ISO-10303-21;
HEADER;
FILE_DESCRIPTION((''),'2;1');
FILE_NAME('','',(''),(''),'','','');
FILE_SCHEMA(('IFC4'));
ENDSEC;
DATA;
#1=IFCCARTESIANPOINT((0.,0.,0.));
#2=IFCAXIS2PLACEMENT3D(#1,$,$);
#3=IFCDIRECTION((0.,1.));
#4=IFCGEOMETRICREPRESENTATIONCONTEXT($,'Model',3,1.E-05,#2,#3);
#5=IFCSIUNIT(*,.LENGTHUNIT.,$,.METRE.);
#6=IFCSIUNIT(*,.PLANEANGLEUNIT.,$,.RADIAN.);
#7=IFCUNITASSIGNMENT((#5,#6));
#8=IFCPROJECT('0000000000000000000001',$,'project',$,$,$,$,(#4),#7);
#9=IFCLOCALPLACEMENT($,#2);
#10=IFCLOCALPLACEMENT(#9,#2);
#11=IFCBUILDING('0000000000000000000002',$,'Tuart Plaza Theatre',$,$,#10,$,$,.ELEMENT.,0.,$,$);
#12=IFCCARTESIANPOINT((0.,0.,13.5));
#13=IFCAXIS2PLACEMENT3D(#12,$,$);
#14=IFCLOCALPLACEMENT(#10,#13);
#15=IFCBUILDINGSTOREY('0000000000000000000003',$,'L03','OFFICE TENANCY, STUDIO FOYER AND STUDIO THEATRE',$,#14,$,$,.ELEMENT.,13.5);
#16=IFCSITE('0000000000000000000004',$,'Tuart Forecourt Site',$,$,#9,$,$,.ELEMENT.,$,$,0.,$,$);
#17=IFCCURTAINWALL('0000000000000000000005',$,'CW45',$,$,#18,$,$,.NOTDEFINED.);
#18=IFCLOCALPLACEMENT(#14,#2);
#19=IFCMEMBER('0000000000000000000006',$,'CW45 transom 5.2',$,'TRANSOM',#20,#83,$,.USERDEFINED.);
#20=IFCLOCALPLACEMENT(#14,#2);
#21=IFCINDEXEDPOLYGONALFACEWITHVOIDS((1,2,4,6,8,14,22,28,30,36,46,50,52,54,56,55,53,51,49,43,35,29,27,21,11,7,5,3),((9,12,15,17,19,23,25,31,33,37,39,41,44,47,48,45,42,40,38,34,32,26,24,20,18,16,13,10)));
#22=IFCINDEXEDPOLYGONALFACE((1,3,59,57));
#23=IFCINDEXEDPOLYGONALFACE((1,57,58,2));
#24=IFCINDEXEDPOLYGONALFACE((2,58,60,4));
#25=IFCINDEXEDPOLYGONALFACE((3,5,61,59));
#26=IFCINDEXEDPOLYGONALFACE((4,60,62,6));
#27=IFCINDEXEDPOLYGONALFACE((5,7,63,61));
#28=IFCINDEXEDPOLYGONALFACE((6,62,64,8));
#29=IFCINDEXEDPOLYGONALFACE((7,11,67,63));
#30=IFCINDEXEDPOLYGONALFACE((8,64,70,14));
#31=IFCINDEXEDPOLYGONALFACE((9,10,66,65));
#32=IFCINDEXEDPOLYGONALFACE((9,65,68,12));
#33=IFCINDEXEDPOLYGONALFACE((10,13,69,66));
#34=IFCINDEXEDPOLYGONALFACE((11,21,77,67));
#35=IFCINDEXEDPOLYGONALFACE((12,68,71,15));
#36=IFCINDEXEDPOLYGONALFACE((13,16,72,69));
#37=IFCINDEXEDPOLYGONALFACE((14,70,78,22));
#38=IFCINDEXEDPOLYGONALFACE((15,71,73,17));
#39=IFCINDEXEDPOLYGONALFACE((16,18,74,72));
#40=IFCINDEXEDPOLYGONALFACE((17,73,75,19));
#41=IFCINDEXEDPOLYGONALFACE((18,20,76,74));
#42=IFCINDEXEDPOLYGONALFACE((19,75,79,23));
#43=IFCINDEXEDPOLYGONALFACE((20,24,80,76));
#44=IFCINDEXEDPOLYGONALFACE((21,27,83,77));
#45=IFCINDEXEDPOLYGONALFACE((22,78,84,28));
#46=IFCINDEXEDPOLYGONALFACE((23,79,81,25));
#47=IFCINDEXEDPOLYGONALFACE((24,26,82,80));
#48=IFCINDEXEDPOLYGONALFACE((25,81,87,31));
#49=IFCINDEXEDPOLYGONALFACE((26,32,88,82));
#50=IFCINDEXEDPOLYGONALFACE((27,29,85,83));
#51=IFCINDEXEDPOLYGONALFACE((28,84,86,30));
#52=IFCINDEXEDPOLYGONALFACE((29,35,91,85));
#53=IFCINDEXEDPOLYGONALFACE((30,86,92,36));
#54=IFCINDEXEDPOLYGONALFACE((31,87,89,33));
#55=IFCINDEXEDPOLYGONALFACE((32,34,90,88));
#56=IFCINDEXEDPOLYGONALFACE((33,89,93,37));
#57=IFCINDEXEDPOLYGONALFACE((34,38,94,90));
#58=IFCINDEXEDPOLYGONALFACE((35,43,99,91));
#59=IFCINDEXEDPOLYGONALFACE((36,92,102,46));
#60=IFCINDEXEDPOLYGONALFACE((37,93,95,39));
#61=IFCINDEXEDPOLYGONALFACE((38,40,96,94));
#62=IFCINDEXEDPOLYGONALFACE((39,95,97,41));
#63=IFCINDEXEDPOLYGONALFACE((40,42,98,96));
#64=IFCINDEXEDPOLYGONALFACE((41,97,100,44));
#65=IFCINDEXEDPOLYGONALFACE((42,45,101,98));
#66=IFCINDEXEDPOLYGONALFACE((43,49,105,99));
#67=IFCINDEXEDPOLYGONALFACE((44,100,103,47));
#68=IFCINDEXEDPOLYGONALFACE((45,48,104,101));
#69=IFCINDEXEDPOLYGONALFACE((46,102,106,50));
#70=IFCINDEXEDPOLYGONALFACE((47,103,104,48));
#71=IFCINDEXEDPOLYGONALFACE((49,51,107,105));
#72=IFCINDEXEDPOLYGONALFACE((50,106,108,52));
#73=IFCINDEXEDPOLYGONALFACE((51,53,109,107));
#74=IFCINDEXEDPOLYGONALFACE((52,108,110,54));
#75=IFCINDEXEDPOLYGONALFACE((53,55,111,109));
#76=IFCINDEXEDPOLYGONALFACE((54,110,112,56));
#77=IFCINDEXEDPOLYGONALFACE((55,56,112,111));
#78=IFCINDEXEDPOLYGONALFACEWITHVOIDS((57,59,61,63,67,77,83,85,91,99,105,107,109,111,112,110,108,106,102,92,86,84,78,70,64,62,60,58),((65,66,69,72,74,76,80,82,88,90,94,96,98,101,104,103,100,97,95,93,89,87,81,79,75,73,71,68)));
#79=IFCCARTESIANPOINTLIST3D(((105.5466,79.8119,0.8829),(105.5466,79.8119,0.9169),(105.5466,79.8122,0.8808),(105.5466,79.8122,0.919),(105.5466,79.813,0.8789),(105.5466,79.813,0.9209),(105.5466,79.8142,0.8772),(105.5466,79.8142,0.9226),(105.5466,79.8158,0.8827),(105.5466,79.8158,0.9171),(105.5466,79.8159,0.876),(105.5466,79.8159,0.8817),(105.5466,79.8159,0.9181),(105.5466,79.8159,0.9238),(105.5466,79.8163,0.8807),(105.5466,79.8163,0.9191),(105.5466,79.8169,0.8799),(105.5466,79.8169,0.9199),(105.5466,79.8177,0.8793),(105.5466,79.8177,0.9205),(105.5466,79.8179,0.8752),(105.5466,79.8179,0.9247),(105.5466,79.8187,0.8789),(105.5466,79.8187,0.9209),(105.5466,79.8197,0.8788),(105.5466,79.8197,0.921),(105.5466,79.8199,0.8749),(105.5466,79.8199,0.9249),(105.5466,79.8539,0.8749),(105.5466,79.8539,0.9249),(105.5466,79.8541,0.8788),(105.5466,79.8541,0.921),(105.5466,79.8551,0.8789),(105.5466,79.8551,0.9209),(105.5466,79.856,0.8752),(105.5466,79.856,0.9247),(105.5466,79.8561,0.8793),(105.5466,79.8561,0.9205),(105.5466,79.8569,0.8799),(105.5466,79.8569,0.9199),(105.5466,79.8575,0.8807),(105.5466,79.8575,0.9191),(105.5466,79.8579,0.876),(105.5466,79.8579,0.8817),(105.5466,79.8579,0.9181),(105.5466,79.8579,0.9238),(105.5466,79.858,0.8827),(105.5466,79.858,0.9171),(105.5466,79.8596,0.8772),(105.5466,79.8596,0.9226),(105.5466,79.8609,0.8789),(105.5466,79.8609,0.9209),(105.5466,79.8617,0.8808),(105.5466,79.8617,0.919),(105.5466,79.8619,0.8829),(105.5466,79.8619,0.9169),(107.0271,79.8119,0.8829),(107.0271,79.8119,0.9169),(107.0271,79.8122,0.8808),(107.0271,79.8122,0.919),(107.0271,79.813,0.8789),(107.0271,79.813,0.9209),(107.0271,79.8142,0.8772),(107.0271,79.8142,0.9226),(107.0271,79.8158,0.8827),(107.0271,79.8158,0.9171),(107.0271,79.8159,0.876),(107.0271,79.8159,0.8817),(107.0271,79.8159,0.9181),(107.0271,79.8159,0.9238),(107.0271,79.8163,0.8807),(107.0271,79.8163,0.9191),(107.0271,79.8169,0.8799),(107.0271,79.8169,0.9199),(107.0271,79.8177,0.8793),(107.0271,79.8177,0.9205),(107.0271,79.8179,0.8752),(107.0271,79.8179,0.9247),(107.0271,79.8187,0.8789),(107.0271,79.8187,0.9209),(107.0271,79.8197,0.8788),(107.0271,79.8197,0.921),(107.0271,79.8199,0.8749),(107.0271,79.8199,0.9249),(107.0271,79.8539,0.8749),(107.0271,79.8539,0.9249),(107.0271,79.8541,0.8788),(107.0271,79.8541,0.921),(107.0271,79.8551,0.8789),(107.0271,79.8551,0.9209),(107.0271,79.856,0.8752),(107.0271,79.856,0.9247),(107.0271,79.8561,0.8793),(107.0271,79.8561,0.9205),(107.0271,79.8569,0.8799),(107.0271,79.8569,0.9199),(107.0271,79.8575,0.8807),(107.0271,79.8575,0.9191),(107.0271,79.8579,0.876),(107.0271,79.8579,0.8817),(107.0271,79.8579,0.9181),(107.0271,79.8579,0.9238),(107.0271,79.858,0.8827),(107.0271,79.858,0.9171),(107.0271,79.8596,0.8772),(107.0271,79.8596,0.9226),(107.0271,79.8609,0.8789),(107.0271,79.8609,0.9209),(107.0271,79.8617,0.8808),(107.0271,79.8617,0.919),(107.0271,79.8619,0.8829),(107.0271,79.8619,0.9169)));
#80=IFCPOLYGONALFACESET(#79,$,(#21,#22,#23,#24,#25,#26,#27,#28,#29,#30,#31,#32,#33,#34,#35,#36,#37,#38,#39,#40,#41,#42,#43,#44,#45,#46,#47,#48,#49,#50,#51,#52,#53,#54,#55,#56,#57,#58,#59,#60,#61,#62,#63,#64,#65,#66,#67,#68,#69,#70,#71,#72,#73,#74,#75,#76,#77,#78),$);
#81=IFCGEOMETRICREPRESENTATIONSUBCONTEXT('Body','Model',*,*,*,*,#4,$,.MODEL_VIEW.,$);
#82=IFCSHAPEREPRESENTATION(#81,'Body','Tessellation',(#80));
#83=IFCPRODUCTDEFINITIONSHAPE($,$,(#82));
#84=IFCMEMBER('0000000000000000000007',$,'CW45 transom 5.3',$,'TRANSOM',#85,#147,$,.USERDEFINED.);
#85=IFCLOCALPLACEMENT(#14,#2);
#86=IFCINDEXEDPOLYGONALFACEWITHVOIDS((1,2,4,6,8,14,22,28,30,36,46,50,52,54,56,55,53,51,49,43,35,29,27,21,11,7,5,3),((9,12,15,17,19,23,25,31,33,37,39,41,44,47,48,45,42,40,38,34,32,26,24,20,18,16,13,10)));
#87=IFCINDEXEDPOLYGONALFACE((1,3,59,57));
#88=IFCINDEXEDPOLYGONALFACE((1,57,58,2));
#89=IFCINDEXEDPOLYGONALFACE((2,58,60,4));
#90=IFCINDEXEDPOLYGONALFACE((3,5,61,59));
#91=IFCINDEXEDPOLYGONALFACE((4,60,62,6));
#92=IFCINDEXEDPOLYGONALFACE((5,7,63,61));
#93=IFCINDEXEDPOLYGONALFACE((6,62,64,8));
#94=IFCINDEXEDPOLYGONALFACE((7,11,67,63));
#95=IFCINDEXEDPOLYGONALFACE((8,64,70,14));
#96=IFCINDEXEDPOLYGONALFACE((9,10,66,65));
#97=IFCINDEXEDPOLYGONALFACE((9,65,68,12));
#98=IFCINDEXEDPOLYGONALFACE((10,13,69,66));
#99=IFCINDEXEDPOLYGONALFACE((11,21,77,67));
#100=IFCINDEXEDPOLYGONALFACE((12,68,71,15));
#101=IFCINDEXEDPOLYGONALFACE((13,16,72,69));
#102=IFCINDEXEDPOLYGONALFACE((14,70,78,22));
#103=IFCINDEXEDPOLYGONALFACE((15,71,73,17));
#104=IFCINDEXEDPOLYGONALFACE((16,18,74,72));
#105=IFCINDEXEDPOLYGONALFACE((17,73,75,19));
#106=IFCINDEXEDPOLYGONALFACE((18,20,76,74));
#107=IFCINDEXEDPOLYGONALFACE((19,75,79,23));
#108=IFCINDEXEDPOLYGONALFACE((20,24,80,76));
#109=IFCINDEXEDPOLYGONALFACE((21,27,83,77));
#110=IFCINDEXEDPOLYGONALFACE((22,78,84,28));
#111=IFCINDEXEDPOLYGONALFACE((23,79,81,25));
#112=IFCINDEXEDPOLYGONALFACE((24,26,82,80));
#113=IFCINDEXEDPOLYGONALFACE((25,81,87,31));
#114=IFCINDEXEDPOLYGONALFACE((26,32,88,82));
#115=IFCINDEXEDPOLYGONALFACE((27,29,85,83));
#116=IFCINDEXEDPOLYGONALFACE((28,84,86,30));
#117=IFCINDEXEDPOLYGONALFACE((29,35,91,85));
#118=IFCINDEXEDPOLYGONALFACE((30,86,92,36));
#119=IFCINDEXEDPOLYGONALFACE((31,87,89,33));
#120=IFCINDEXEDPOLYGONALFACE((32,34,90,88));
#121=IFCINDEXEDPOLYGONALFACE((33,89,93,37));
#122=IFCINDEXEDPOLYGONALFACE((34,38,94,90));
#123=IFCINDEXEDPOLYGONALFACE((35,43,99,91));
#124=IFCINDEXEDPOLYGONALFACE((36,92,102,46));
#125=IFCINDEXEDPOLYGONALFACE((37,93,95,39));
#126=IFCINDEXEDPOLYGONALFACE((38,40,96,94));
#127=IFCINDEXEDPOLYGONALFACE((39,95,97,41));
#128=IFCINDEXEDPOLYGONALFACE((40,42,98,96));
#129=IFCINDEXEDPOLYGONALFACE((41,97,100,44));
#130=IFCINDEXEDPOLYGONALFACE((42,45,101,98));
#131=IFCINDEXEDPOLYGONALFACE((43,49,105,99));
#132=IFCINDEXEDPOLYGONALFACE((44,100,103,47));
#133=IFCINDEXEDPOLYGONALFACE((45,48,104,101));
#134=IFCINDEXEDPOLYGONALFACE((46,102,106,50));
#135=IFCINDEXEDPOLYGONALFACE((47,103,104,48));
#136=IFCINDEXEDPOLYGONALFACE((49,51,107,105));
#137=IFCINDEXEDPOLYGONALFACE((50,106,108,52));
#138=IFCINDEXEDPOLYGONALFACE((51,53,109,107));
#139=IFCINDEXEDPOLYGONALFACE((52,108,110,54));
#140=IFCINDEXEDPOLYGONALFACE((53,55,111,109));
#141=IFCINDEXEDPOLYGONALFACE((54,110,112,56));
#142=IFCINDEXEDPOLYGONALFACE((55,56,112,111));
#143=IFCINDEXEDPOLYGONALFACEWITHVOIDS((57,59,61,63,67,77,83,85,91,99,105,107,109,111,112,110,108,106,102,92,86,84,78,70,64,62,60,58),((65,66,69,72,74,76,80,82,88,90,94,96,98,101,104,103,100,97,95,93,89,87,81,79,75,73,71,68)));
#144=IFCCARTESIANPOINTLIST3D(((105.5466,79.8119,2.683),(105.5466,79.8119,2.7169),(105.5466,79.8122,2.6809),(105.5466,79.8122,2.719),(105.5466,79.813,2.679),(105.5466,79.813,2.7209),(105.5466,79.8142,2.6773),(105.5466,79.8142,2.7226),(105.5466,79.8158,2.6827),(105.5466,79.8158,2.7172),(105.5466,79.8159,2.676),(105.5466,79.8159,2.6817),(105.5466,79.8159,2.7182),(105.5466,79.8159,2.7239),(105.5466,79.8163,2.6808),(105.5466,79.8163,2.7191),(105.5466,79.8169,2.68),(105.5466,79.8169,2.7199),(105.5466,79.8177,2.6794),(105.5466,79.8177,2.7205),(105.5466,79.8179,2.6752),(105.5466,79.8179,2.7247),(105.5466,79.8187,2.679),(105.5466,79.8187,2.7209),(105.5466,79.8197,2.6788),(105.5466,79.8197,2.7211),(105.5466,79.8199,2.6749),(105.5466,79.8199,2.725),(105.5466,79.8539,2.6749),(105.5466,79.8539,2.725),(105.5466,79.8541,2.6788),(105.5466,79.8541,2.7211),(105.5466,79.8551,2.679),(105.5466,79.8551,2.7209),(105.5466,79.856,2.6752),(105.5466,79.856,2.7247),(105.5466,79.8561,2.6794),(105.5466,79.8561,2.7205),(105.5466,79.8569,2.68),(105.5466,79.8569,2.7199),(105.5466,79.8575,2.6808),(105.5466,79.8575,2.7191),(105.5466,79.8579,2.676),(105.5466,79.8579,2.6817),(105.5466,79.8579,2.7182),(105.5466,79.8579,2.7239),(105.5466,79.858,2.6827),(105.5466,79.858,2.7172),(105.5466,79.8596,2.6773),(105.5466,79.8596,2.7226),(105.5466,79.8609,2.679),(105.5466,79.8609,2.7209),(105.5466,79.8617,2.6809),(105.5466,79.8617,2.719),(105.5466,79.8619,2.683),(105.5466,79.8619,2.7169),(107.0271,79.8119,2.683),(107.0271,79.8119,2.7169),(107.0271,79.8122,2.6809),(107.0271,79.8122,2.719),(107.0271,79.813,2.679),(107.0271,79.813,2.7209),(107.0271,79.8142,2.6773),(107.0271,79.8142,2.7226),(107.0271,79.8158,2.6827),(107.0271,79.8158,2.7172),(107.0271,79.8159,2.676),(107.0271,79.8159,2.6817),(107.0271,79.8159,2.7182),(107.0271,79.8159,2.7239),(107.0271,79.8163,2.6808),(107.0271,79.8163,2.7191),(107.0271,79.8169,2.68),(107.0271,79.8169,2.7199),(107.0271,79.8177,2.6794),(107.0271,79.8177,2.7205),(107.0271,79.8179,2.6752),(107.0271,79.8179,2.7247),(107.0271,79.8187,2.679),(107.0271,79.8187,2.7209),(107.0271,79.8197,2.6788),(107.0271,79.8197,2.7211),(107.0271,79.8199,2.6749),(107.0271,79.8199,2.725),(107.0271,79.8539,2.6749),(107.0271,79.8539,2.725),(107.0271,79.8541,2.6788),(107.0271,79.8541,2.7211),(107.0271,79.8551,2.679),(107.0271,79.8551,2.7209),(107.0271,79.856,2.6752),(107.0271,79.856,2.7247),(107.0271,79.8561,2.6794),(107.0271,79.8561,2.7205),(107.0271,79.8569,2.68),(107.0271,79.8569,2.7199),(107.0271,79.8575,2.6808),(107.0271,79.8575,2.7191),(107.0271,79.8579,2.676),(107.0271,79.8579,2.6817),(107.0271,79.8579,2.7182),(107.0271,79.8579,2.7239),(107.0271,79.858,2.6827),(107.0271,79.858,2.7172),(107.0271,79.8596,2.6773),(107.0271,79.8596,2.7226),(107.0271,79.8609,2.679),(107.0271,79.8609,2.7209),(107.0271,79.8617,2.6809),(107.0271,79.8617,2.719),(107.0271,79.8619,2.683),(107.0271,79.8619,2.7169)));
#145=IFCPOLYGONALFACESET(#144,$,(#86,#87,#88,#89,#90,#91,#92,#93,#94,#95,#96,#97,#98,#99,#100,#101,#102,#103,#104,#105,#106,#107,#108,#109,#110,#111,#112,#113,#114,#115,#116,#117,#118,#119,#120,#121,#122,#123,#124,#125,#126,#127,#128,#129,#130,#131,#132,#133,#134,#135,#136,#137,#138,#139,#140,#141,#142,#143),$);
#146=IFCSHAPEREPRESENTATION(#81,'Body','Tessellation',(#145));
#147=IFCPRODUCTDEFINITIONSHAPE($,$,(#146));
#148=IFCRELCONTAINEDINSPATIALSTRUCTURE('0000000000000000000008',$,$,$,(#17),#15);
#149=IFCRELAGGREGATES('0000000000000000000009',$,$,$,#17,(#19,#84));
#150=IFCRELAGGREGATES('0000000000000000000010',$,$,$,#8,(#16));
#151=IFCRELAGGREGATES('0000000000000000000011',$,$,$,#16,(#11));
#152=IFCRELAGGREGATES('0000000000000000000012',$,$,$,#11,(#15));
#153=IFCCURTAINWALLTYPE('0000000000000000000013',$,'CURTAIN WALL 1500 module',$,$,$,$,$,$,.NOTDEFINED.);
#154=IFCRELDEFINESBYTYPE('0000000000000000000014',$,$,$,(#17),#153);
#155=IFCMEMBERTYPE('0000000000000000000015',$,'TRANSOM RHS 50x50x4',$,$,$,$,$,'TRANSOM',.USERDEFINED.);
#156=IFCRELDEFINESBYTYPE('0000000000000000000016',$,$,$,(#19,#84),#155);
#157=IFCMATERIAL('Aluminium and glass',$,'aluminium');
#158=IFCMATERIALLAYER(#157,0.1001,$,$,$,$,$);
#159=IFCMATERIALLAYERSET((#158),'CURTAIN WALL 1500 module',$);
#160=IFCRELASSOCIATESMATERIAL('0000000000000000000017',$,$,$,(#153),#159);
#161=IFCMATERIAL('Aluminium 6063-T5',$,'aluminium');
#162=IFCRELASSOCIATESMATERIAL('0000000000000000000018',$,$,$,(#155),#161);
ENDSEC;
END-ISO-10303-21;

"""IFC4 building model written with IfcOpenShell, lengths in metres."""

from ifc_helpers import new_model, si_unit, direction, frame, origin, origin_2d, place, context, subcontext, project, spatial, hollow_rectangle, extrude, material, layer, layer_set, material_profile, profile_set, type_object, element, aggregate, save


model = new_model("IFC4")

# Units and contexts
model_context = context("Model", 3, precision=1e-05, world=origin(), true_north=direction((0.0, 1.0)))
body_context = subcontext(model_context, "Body", "Model", "MODEL_VIEW")
ifc_project = project(units=[si_unit("LENGTHUNIT", "METRE"), si_unit("PLANEANGLEUNIT", "RADIAN")], contexts=[model_context])

# Site, building, storey
site_placement = place(None, origin())
site = spatial("IfcSite", under=ifc_project, at=site_placement, Name="Tuart Forecourt Site", CompositionType="ELEMENT", RefElevation=0.0)
building_placement = place(site_placement, origin())
building = spatial("IfcBuilding", under=site, at=building_placement, Name="Tuart Plaza Theatre", CompositionType="ELEMENT", ElevationOfRefHeight=0.0)
storey_placement = place(building_placement, frame((0.0, 0.0, 13.5)))
storey = spatial("IfcBuildingStorey", under=building, at=storey_placement, Name="L03", Description="OFFICE TENANCY, STUDIO FOYER AND STUDIO THEATRE", CompositionType="ELEMENT", Elevation=13.5)

# Curtain wall, members
ifc_material_1 = material(Name="Aluminium and glass", Category="aluminium")
ifc_layer_1 = layer(ifc_material_1, 0.1001)
ifc_layer_set_1 = layer_set([ifc_layer_1], Name="CURTAIN WALL 1500 module")
curtain_wall_type = type_object("IfcCurtainWallType", Name="CURTAIN WALL 1500 module", PredefinedType="NOTDEFINED", material=ifc_layer_set_1)
curtain_wall_placement = place(storey_placement, origin())
curtain_wall = element("IfcCurtainWall", 1, at=curtain_wall_placement, inside=storey, type_object=curtain_wall_type, Name="CW45", PredefinedType="NOTDEFINED")
ifc_material_2 = material(Name="Aluminium 6063-T5", Category="aluminium")
ifc_material_profile_1 = material_profile(ifc_material_2, hollow_rectangle(XDim=0.05, YDim=0.05, WallThickness=0.0039, InnerFilletRadius=0.0039, OuterFilletRadius=0.0081, at=origin_2d()), Name="RHS 50x50x4")
ifc_profile_set_1 = profile_set([ifc_material_profile_1], Name="Aluminium 6063-T5")
member_type_1 = type_object("IfcMemberType", Name="TRANSOM RHS 50x50x4", ElementType="TRANSOM", PredefinedType="USERDEFINED", material=ifc_profile_set_1)
member_1_placement = place(storey_placement, frame((105.5466, 79.8369, 0.8999), z_axis=(1.0, 0.0, 0.0), x_axis=(0.0, 1.0, 0.0)))
member_1 = element("IfcMember", 2, at=member_1_placement, type_object=member_type_1, Name="CW45 transom 5.2", ObjectType="TRANSOM", PredefinedType="USERDEFINED", context=body_context, shape_type="SweptSolid", body=[
    extrude(hollow_rectangle(XDim=0.05, YDim=0.05, WallThickness=0.0039, InnerFilletRadius=0.0039, OuterFilletRadius=0.0081, at=origin_2d()), origin(), (0.0, 0.0, 1.0), 1.4805),
])
member_2_placement = place(storey_placement, frame((105.5466, 79.8369, 2.7), z_axis=(1.0, 0.0, 0.0), x_axis=(0.0, 1.0, 0.0)))
member_2 = element("IfcMember", 3, at=member_2_placement, type_object=member_type_1, Name="CW45 transom 5.3", ObjectType="TRANSOM", PredefinedType="USERDEFINED", context=body_context, shape_type="SweptSolid", body=[
    extrude(hollow_rectangle(XDim=0.05, YDim=0.05, WallThickness=0.0039, InnerFilletRadius=0.0039, OuterFilletRadius=0.0081, at=origin_2d()), origin(), (0.0, 0.0, 1.0), 1.4805),
])
aggregate(curtain_wall, [member_1, member_2])

save(model, "model.ifc")
